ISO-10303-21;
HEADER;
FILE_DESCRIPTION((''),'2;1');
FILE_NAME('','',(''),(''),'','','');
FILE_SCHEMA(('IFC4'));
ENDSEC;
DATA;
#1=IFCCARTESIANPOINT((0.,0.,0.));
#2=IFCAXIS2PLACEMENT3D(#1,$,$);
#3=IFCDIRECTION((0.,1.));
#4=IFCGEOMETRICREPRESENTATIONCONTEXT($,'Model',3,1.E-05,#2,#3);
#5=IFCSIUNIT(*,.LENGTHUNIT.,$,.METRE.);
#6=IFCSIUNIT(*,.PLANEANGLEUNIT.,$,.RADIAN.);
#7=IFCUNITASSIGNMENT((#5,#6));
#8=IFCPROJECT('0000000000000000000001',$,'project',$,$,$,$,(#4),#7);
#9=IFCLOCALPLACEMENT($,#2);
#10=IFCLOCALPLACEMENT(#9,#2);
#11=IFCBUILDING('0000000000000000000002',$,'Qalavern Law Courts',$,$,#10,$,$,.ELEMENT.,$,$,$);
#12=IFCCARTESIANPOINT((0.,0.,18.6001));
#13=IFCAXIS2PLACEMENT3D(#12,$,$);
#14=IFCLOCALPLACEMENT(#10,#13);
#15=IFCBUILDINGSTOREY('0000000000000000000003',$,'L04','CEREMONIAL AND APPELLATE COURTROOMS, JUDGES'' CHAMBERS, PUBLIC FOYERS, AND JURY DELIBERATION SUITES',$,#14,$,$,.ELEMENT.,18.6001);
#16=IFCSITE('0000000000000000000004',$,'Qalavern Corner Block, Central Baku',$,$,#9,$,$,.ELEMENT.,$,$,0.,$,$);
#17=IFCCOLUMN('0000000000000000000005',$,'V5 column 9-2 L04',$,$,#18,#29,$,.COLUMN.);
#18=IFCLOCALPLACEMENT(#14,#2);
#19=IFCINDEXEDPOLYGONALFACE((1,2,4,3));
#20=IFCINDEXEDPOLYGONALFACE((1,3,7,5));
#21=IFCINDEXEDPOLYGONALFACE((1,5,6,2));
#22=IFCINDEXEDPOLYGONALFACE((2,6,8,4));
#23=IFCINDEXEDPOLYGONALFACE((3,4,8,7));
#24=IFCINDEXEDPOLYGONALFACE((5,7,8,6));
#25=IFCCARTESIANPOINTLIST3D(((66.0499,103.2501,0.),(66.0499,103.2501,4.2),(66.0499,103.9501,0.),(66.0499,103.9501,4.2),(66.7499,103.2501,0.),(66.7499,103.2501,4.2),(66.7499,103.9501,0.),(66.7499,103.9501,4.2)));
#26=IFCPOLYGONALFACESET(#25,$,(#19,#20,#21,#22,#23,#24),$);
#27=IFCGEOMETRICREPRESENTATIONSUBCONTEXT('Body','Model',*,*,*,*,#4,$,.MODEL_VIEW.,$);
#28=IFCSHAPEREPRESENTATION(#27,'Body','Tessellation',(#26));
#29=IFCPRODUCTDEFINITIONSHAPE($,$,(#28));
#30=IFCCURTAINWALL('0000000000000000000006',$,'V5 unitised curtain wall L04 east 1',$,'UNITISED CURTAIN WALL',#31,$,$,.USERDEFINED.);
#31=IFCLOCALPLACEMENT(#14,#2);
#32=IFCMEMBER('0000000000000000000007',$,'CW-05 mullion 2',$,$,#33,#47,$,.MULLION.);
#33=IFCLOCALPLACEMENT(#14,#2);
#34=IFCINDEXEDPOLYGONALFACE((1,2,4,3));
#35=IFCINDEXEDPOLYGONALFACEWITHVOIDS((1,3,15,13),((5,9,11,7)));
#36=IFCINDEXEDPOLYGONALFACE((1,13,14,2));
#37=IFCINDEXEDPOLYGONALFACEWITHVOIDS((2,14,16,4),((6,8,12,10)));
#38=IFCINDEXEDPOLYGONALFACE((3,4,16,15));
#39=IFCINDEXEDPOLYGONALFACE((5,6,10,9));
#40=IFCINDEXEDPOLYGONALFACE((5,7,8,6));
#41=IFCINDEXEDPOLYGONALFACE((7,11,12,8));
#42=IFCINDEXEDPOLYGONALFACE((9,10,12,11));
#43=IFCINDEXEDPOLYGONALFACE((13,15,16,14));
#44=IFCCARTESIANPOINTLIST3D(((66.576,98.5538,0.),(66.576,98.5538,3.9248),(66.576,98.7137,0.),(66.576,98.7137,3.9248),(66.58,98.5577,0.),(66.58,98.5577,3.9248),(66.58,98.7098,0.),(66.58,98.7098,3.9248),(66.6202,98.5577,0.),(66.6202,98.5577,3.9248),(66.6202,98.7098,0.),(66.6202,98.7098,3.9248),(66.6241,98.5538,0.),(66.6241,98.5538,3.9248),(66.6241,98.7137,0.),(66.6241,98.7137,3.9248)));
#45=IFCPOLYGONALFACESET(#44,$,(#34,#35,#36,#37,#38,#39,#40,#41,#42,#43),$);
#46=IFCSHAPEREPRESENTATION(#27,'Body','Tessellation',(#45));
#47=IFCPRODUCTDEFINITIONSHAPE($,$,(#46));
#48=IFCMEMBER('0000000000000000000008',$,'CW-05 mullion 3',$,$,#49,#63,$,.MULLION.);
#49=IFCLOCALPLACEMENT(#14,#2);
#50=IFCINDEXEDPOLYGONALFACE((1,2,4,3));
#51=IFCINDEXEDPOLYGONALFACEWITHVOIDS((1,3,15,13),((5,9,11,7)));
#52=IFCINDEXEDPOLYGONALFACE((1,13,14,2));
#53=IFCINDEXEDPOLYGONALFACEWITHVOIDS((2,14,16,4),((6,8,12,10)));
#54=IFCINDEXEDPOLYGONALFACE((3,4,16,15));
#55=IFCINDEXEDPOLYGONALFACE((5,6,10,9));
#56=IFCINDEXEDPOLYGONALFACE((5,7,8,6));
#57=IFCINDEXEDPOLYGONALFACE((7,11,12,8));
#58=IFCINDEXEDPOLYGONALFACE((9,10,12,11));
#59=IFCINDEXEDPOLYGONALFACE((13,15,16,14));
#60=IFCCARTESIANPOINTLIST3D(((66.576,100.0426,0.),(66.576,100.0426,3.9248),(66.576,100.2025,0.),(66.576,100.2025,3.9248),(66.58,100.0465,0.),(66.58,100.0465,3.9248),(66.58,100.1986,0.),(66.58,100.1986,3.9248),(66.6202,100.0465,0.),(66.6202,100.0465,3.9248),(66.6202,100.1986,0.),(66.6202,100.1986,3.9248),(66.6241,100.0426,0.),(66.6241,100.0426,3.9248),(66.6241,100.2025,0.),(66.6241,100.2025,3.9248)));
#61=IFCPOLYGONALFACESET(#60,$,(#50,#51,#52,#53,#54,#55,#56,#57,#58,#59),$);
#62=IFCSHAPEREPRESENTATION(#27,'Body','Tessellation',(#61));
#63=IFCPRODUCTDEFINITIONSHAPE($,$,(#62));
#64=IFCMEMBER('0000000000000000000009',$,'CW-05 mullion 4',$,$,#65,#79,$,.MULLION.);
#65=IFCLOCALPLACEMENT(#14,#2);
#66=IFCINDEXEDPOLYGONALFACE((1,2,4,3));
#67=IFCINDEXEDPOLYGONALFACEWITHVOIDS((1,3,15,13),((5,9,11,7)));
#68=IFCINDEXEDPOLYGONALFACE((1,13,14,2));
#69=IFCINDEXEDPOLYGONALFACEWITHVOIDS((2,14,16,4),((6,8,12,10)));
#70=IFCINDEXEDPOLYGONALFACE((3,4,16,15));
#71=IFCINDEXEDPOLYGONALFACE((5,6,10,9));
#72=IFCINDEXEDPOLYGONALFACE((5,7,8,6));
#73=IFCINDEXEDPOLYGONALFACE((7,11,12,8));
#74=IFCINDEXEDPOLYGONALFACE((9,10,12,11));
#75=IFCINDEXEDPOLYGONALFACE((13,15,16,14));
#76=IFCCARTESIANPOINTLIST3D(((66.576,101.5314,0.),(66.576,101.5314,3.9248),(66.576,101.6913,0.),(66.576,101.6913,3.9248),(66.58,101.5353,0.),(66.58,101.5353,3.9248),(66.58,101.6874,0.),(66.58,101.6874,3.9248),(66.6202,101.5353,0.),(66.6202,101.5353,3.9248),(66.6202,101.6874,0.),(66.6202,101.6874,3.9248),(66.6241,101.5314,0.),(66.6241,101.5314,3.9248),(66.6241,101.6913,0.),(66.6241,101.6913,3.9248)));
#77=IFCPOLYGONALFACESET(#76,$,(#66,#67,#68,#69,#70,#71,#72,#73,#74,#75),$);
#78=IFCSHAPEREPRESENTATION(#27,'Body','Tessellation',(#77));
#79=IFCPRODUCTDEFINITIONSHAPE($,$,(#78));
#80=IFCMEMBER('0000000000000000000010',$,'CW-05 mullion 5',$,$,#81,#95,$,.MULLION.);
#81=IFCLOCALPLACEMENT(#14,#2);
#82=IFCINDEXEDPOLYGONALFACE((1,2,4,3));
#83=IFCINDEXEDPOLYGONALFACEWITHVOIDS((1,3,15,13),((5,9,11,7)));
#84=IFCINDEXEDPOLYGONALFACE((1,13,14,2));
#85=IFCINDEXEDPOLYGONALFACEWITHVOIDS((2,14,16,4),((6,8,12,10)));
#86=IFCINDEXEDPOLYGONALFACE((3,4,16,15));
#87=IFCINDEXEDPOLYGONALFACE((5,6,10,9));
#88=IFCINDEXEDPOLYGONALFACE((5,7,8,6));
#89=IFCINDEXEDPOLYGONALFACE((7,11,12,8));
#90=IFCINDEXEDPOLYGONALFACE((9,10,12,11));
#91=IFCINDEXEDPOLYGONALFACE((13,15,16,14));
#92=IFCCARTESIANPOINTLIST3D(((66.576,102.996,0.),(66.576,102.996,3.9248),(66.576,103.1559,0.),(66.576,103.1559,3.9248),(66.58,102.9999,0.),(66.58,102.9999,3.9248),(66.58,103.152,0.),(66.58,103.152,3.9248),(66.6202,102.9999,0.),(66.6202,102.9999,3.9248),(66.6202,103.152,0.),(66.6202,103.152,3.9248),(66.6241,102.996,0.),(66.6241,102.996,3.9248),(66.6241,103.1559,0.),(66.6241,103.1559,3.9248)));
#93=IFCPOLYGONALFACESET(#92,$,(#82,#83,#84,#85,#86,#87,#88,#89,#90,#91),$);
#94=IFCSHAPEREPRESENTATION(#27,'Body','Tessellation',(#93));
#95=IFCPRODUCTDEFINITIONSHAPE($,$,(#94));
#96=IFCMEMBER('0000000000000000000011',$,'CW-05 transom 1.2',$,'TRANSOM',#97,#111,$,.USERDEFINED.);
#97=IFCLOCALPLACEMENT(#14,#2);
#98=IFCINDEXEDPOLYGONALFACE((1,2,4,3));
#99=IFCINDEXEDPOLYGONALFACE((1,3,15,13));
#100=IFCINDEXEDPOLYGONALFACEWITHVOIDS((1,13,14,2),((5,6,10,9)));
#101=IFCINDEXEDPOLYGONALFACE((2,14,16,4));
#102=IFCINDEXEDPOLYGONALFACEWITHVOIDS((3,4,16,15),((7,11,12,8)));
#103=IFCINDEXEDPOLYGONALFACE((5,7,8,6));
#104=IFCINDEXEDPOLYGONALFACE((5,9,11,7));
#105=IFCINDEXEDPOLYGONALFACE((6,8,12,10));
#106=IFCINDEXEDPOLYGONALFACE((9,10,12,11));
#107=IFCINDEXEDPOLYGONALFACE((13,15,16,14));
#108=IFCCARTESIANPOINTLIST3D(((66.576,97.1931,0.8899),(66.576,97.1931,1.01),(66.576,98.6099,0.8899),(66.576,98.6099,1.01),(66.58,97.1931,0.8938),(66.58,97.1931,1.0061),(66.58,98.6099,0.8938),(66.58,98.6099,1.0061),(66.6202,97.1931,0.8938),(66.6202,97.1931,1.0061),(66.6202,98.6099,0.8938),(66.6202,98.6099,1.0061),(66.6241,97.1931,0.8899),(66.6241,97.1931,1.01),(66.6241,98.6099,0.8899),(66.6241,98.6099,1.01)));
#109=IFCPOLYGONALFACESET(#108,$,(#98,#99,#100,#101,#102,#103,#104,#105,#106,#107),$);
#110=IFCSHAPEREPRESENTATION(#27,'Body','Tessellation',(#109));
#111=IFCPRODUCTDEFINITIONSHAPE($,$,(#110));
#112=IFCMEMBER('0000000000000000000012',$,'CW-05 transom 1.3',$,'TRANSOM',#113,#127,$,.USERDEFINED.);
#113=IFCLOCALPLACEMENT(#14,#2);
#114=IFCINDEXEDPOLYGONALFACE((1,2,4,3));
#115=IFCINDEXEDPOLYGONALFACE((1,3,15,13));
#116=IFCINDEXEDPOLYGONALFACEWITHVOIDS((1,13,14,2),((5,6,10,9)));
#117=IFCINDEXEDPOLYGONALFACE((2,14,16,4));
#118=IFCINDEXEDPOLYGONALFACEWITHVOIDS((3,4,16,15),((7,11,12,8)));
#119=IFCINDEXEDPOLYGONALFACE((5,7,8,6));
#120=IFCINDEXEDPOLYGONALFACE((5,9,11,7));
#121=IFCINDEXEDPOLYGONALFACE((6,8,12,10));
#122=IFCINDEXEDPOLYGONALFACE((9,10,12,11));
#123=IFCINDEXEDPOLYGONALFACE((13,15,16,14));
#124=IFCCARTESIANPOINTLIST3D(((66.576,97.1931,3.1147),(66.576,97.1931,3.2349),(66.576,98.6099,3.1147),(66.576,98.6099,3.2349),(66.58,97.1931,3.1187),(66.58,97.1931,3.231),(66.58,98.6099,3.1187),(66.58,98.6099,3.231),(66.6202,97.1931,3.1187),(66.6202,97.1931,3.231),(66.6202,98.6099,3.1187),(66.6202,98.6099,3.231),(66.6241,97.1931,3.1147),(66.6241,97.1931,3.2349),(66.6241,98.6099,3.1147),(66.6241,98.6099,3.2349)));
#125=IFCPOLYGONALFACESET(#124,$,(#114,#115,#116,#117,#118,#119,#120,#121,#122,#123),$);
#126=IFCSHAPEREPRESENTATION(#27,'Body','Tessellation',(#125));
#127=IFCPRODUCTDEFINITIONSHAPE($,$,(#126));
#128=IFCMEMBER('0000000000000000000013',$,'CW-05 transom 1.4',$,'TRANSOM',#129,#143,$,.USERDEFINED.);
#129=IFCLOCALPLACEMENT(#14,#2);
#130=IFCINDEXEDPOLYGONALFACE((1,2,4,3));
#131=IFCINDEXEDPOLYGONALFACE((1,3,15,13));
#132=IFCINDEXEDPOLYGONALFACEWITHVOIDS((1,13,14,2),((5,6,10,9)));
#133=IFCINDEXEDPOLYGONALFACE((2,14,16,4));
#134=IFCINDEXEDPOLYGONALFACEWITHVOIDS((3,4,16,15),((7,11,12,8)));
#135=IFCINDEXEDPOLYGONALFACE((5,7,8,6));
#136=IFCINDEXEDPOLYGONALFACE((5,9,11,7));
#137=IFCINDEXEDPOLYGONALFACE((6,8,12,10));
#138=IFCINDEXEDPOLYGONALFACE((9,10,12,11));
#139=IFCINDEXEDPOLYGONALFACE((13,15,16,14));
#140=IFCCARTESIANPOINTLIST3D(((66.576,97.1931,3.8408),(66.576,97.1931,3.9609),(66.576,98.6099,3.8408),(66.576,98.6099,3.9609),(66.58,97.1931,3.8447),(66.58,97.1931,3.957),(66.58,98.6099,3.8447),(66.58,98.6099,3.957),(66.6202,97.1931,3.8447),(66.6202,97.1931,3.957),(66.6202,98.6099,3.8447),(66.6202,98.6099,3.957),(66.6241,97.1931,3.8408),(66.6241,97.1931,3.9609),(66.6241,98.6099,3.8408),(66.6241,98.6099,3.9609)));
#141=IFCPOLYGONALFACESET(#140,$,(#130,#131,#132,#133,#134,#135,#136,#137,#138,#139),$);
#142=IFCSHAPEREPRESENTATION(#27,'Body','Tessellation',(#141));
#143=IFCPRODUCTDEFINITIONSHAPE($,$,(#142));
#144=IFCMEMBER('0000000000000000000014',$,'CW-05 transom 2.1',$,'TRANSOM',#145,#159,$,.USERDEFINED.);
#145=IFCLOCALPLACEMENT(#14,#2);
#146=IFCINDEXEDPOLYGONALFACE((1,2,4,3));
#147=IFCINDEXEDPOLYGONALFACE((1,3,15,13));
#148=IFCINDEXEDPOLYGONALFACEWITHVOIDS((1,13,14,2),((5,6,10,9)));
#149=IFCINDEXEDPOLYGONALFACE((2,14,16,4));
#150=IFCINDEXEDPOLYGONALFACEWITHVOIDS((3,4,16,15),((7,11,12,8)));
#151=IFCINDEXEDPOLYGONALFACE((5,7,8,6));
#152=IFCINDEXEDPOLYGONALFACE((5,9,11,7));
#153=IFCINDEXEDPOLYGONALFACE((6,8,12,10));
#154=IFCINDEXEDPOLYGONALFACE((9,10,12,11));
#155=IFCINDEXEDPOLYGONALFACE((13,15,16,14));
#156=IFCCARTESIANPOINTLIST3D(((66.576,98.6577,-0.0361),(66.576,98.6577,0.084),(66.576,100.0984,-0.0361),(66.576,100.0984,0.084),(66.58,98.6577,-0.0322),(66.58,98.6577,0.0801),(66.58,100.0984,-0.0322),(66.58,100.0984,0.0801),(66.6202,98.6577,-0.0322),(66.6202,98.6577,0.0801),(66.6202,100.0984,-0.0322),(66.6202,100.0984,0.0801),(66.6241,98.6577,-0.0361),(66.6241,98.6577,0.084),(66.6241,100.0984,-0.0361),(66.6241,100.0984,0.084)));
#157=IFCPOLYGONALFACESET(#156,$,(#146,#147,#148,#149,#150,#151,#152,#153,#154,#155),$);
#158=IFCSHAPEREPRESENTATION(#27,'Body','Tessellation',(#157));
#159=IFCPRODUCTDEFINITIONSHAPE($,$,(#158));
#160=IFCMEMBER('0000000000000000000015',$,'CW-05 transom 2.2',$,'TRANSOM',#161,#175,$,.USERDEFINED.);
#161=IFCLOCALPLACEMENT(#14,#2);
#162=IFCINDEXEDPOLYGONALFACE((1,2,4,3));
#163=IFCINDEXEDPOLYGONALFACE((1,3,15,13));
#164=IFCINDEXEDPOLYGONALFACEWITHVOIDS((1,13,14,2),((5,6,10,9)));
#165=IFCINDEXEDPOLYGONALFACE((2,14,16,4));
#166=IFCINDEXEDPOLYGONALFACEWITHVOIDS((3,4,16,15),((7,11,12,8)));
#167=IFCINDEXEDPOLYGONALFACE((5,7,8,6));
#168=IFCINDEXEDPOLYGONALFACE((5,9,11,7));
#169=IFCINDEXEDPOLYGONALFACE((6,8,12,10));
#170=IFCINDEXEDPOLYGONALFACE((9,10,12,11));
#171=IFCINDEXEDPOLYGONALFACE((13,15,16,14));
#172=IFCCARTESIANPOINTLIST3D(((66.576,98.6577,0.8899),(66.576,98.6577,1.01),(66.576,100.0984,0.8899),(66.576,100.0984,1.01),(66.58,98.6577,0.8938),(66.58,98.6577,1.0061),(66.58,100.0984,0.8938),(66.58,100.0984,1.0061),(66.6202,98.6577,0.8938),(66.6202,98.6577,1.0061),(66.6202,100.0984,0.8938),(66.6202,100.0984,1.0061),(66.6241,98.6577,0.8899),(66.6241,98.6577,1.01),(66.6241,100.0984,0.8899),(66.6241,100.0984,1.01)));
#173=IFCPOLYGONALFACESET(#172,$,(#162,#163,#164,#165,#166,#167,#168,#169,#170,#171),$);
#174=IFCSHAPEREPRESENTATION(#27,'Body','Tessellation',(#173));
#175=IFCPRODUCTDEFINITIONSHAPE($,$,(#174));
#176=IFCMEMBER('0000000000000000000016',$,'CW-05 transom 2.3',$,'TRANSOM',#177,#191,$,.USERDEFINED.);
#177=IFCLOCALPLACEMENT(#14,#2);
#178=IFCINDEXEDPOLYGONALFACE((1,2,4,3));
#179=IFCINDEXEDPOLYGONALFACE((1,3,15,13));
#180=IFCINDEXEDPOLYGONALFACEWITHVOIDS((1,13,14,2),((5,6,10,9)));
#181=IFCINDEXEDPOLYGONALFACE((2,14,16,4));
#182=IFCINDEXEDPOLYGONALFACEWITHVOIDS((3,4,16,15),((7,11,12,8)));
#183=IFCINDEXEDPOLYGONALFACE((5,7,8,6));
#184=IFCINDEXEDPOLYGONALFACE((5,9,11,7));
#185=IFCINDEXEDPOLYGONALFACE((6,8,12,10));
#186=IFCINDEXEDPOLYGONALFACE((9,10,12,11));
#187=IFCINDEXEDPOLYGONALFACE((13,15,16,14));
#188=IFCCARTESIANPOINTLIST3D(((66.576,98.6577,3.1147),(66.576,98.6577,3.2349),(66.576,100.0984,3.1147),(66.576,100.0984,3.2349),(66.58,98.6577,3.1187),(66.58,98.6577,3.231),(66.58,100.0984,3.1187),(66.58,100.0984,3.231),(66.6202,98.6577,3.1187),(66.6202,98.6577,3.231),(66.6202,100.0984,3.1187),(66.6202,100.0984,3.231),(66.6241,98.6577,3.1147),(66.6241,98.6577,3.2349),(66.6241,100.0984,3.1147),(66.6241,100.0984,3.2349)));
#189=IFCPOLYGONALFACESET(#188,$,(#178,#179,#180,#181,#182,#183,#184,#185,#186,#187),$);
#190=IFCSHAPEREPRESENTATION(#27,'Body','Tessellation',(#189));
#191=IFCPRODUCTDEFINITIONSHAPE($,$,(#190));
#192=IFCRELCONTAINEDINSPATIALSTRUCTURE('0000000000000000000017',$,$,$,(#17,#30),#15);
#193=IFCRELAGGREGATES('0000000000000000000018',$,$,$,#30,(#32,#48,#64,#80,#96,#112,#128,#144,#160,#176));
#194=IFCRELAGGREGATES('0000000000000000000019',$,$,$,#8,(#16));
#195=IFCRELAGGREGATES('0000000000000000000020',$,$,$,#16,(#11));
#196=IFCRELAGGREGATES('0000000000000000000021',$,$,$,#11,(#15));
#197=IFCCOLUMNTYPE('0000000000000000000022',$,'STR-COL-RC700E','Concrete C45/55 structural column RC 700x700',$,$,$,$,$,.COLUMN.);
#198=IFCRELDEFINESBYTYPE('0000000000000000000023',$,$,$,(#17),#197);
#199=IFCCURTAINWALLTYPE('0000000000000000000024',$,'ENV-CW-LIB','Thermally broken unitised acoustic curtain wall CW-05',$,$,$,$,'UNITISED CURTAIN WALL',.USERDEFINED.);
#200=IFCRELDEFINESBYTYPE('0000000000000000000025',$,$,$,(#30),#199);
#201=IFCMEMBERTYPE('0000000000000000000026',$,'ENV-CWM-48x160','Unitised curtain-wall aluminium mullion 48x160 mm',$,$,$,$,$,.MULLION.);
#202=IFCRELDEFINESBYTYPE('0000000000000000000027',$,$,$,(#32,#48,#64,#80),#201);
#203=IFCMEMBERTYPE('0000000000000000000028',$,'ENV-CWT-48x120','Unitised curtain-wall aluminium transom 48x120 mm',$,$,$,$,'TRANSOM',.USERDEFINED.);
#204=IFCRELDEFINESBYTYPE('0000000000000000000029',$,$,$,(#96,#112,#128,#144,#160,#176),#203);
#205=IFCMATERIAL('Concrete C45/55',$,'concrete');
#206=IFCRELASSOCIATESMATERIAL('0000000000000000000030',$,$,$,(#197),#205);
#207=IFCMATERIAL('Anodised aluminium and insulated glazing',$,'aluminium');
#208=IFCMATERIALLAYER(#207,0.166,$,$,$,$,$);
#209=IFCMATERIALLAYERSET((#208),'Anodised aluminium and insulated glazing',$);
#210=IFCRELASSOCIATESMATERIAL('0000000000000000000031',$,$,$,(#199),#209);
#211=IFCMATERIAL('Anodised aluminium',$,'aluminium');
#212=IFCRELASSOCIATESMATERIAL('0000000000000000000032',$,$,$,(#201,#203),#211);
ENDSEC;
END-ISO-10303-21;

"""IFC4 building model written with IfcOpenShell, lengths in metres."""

from ifc_helpers import new_model, si_unit, direction, frame, origin, origin_2d, place, context, subcontext, project, spatial, rectangle, hollow_rectangle, extrude, material, layer, layer_set, material_profile, profile_set, type_object, element, aggregate, save


model = new_model("IFC4")

# Units and contexts
model_context = context("Model", 3, precision=1e-05, world=origin(), true_north=direction((0.0, 1.0)))
body_context = subcontext(model_context, "Body", "Model", "MODEL_VIEW")
ifc_project = project(units=[si_unit("LENGTHUNIT", "METRE"), si_unit("PLANEANGLEUNIT", "RADIAN")], contexts=[model_context])

# Site, building, storey
site_placement = place(None, origin())
site = spatial("IfcSite", under=ifc_project, at=site_placement, Name="Qalavern Corner Block, Central Baku", CompositionType="ELEMENT", RefElevation=0.0)
building_placement = place(site_placement, origin())
building = spatial("IfcBuilding", under=site, at=building_placement, Name="Qalavern Law Courts", CompositionType="ELEMENT")
storey_placement = place(building_placement, frame((0.0, 0.0, 18.6001)))
storey = spatial("IfcBuildingStorey", under=building, at=storey_placement, Name="L04", Description="CEREMONIAL AND APPELLATE COURTROOMS, JUDGES' CHAMBERS, PUBLIC FOYERS, AND JURY DELIBERATION SUITES", CompositionType="ELEMENT", Elevation=18.6001)

# Column
ifc_material_1 = material(Name="Concrete C45/55", Category="concrete")
ifc_material_profile_1 = material_profile(ifc_material_1, rectangle(XDim=0.7, YDim=0.7, at=origin_2d()), Name="RC 700x700")
ifc_profile_set_1 = profile_set([ifc_material_profile_1], Name="Concrete C45/55")
column_type = type_object("IfcColumnType", Name="STR-COL-RC700E", Description="Concrete C45/55 structural column RC 700x700", PredefinedType="COLUMN", material=ifc_profile_set_1)
column_placement = place(storey_placement, frame((66.3999, 103.6001, 0.0), z_axis=(0.0, 0.0, 1.0), x_axis=(1.0, 0.0, 0.0)))
element("IfcColumn", 1, at=column_placement, inside=storey, type_object=column_type, Name="V5 column 9-2 L04", PredefinedType="COLUMN", context=body_context, shape_type="SweptSolid", body=[
    extrude(rectangle(XDim=0.7, YDim=0.7, at=origin_2d()), origin(), (0.0, 0.0, 1.0), 4.2),
])

# Curtain wall, members
ifc_material_2 = material(Name="Anodised aluminium and insulated glazing", Category="aluminium")
ifc_layer_1 = layer(ifc_material_2, 0.166)
ifc_layer_set_1 = layer_set([ifc_layer_1], Name="Anodised aluminium and insulated glazing")
curtain_wall_type = type_object("IfcCurtainWallType", Name="ENV-CW-LIB", Description="Thermally broken unitised acoustic curtain wall CW-05", ElementType="UNITISED CURTAIN WALL", PredefinedType="USERDEFINED", material=ifc_layer_set_1)
curtain_wall_placement = place(storey_placement, origin())
curtain_wall = element("IfcCurtainWall", 2, at=curtain_wall_placement, inside=storey, type_object=curtain_wall_type, Name="V5 unitised curtain wall L04 east 1", ObjectType="UNITISED CURTAIN WALL", PredefinedType="USERDEFINED")
ifc_material_3 = material(Name="Anodised aluminium", Category="aluminium")
ifc_material_profile_2 = material_profile(ifc_material_3, hollow_rectangle(XDim=0.0481, YDim=0.1599, WallThickness=0.0039, at=origin_2d()), Name="ALU MULLION 48x160")
ifc_profile_set_2 = profile_set([ifc_material_profile_2], Name="Anodised aluminium")
member_type_1 = type_object("IfcMemberType", Name="ENV-CWM-48x160", Description="Unitised curtain-wall aluminium mullion 48x160 mm", PredefinedType="MULLION", material=ifc_profile_set_2)
member_1_placement = place(storey_placement, frame((66.6001, 98.6338, 0.0), z_axis=(0.0, 0.0, 1.0), x_axis=(-1.0, 0.0, 0.0)))
member_1 = element("IfcMember", 3, at=member_1_placement, type_object=member_type_1, Name="CW-05 mullion 2", PredefinedType="MULLION", context=body_context, shape_type="SweptSolid", body=[
    extrude(hollow_rectangle(XDim=0.0481, YDim=0.1599, WallThickness=0.0039, at=origin_2d()), origin(), (0.0, 0.0, 1.0), 3.9248),
])
member_2_placement = place(storey_placement, frame((66.6001, 100.1226, 0.0), z_axis=(0.0, 0.0, 1.0), x_axis=(-1.0, 0.0, 0.0)))
member_2 = element("IfcMember", 4, at=member_2_placement, type_object=member_type_1, Name="CW-05 mullion 3", PredefinedType="MULLION", context=body_context, shape_type="SweptSolid", body=[
    extrude(hollow_rectangle(XDim=0.0481, YDim=0.1599, WallThickness=0.0039, at=origin_2d()), origin(), (0.0, 0.0, 1.0), 3.9248),
])
member_3_placement = place(storey_placement, frame((66.6001, 101.6113, 0.0), z_axis=(0.0, 0.0, 1.0), x_axis=(-1.0, 0.0, 0.0)))
member_3 = element("IfcMember", 5, at=member_3_placement, type_object=member_type_1, Name="CW-05 mullion 4", PredefinedType="MULLION", context=body_context, shape_type="SweptSolid", body=[
    extrude(hollow_rectangle(XDim=0.0481, YDim=0.1599, WallThickness=0.0039, at=origin_2d()), origin(), (0.0, 0.0, 1.0), 3.9248),
])
member_4_placement = place(storey_placement, frame((66.6001, 103.0759, 0.0), z_axis=(0.0, 0.0, 1.0), x_axis=(-1.0, 0.0, 0.0)))
member_4 = element("IfcMember", 6, at=member_4_placement, type_object=member_type_1, Name="CW-05 mullion 5", PredefinedType="MULLION", context=body_context, shape_type="SweptSolid", body=[
    extrude(hollow_rectangle(XDim=0.0481, YDim=0.1599, WallThickness=0.0039, at=origin_2d()), origin(), (0.0, 0.0, 1.0), 3.9248),
])
ifc_material_profile_3 = material_profile(ifc_material_3, hollow_rectangle(XDim=0.0481, YDim=0.1201, WallThickness=0.0039, at=origin_2d()), Name="ALU TRANSOM 48x120")
ifc_profile_set_3 = profile_set([ifc_material_profile_3], Name="Anodised aluminium")
member_type_2 = type_object("IfcMemberType", Name="ENV-CWT-48x120", Description="Unitised curtain-wall aluminium transom 48x120 mm", ElementType="TRANSOM", PredefinedType="USERDEFINED", material=ifc_profile_set_3)
member_5_placement = place(storey_placement, frame((66.6001, 97.1931, 0.95), z_axis=(0.0, 1.0, 0.0), x_axis=(-1.0, 0.0, 0.0)))
member_5 = element("IfcMember", 7, at=member_5_placement, type_object=member_type_2, Name="CW-05 transom 1.2", ObjectType="TRANSOM", PredefinedType="USERDEFINED", context=body_context, shape_type="SweptSolid", body=[
    extrude(hollow_rectangle(XDim=0.0481, YDim=0.1201, WallThickness=0.0039, at=origin_2d()), origin(), (0.0, 0.0, 1.0), 1.4167),
])
member_6_placement = place(storey_placement, frame((66.6001, 97.1931, 3.1748), z_axis=(0.0, 1.0, 0.0), x_axis=(-1.0, 0.0, 0.0)))
member_6 = element("IfcMember", 8, at=member_6_placement, type_object=member_type_2, Name="CW-05 transom 1.3", ObjectType="TRANSOM", PredefinedType="USERDEFINED", context=body_context, shape_type="SweptSolid", body=[
    extrude(hollow_rectangle(XDim=0.0481, YDim=0.1201, WallThickness=0.0039, at=origin_2d()), origin(), (0.0, 0.0, 1.0), 1.4167),
])
member_7_placement = place(storey_placement, frame((66.6001, 97.1931, 3.9009), z_axis=(0.0, 1.0, 0.0), x_axis=(-1.0, 0.0, 0.0)))
member_7 = element("IfcMember", 9, at=member_7_placement, type_object=member_type_2, Name="CW-05 transom 1.4", ObjectType="TRANSOM", PredefinedType="USERDEFINED", context=body_context, shape_type="SweptSolid", body=[
    extrude(hollow_rectangle(XDim=0.0481, YDim=0.1201, WallThickness=0.0039, at=origin_2d()), origin(), (0.0, 0.0, 1.0), 1.4167),
])
member_8_placement = place(storey_placement, frame((66.6001, 98.6577, 0.0239), z_axis=(0.0, 1.0, 0.0), x_axis=(-1.0, 0.0, 0.0)))
member_8 = element("IfcMember", 10, at=member_8_placement, type_object=member_type_2, Name="CW-05 transom 2.1", ObjectType="TRANSOM", PredefinedType="USERDEFINED", context=body_context, shape_type="SweptSolid", body=[
    extrude(hollow_rectangle(XDim=0.0481, YDim=0.1201, WallThickness=0.0039, at=origin_2d()), origin(), (0.0, 0.0, 1.0), 1.4407),
])
member_9_placement = place(storey_placement, frame((66.6001, 98.6577, 0.95), z_axis=(0.0, 1.0, 0.0), x_axis=(-1.0, 0.0, 0.0)))
member_9 = element("IfcMember", 11, at=member_9_placement, type_object=member_type_2, Name="CW-05 transom 2.2", ObjectType="TRANSOM", PredefinedType="USERDEFINED", context=body_context, shape_type="SweptSolid", body=[
    extrude(hollow_rectangle(XDim=0.0481, YDim=0.1201, WallThickness=0.0039, at=origin_2d()), origin(), (0.0, 0.0, 1.0), 1.4407),
])
member_10_placement = place(storey_placement, frame((66.6001, 98.6577, 3.1748), z_axis=(0.0, 1.0, 0.0), x_axis=(-1.0, 0.0, 0.0)))
member_10 = element("IfcMember", 12, at=member_10_placement, type_object=member_type_2, Name="CW-05 transom 2.3", ObjectType="TRANSOM", PredefinedType="USERDEFINED", context=body_context, shape_type="SweptSolid", body=[
    extrude(hollow_rectangle(XDim=0.0481, YDim=0.1201, WallThickness=0.0039, at=origin_2d()), origin(), (0.0, 0.0, 1.0), 1.4407),
])

aggregate(curtain_wall, [member_1, member_2, member_3, member_4, member_5, member_6, member_7, member_8, member_9, member_10])

save(model, "model.ifc")
